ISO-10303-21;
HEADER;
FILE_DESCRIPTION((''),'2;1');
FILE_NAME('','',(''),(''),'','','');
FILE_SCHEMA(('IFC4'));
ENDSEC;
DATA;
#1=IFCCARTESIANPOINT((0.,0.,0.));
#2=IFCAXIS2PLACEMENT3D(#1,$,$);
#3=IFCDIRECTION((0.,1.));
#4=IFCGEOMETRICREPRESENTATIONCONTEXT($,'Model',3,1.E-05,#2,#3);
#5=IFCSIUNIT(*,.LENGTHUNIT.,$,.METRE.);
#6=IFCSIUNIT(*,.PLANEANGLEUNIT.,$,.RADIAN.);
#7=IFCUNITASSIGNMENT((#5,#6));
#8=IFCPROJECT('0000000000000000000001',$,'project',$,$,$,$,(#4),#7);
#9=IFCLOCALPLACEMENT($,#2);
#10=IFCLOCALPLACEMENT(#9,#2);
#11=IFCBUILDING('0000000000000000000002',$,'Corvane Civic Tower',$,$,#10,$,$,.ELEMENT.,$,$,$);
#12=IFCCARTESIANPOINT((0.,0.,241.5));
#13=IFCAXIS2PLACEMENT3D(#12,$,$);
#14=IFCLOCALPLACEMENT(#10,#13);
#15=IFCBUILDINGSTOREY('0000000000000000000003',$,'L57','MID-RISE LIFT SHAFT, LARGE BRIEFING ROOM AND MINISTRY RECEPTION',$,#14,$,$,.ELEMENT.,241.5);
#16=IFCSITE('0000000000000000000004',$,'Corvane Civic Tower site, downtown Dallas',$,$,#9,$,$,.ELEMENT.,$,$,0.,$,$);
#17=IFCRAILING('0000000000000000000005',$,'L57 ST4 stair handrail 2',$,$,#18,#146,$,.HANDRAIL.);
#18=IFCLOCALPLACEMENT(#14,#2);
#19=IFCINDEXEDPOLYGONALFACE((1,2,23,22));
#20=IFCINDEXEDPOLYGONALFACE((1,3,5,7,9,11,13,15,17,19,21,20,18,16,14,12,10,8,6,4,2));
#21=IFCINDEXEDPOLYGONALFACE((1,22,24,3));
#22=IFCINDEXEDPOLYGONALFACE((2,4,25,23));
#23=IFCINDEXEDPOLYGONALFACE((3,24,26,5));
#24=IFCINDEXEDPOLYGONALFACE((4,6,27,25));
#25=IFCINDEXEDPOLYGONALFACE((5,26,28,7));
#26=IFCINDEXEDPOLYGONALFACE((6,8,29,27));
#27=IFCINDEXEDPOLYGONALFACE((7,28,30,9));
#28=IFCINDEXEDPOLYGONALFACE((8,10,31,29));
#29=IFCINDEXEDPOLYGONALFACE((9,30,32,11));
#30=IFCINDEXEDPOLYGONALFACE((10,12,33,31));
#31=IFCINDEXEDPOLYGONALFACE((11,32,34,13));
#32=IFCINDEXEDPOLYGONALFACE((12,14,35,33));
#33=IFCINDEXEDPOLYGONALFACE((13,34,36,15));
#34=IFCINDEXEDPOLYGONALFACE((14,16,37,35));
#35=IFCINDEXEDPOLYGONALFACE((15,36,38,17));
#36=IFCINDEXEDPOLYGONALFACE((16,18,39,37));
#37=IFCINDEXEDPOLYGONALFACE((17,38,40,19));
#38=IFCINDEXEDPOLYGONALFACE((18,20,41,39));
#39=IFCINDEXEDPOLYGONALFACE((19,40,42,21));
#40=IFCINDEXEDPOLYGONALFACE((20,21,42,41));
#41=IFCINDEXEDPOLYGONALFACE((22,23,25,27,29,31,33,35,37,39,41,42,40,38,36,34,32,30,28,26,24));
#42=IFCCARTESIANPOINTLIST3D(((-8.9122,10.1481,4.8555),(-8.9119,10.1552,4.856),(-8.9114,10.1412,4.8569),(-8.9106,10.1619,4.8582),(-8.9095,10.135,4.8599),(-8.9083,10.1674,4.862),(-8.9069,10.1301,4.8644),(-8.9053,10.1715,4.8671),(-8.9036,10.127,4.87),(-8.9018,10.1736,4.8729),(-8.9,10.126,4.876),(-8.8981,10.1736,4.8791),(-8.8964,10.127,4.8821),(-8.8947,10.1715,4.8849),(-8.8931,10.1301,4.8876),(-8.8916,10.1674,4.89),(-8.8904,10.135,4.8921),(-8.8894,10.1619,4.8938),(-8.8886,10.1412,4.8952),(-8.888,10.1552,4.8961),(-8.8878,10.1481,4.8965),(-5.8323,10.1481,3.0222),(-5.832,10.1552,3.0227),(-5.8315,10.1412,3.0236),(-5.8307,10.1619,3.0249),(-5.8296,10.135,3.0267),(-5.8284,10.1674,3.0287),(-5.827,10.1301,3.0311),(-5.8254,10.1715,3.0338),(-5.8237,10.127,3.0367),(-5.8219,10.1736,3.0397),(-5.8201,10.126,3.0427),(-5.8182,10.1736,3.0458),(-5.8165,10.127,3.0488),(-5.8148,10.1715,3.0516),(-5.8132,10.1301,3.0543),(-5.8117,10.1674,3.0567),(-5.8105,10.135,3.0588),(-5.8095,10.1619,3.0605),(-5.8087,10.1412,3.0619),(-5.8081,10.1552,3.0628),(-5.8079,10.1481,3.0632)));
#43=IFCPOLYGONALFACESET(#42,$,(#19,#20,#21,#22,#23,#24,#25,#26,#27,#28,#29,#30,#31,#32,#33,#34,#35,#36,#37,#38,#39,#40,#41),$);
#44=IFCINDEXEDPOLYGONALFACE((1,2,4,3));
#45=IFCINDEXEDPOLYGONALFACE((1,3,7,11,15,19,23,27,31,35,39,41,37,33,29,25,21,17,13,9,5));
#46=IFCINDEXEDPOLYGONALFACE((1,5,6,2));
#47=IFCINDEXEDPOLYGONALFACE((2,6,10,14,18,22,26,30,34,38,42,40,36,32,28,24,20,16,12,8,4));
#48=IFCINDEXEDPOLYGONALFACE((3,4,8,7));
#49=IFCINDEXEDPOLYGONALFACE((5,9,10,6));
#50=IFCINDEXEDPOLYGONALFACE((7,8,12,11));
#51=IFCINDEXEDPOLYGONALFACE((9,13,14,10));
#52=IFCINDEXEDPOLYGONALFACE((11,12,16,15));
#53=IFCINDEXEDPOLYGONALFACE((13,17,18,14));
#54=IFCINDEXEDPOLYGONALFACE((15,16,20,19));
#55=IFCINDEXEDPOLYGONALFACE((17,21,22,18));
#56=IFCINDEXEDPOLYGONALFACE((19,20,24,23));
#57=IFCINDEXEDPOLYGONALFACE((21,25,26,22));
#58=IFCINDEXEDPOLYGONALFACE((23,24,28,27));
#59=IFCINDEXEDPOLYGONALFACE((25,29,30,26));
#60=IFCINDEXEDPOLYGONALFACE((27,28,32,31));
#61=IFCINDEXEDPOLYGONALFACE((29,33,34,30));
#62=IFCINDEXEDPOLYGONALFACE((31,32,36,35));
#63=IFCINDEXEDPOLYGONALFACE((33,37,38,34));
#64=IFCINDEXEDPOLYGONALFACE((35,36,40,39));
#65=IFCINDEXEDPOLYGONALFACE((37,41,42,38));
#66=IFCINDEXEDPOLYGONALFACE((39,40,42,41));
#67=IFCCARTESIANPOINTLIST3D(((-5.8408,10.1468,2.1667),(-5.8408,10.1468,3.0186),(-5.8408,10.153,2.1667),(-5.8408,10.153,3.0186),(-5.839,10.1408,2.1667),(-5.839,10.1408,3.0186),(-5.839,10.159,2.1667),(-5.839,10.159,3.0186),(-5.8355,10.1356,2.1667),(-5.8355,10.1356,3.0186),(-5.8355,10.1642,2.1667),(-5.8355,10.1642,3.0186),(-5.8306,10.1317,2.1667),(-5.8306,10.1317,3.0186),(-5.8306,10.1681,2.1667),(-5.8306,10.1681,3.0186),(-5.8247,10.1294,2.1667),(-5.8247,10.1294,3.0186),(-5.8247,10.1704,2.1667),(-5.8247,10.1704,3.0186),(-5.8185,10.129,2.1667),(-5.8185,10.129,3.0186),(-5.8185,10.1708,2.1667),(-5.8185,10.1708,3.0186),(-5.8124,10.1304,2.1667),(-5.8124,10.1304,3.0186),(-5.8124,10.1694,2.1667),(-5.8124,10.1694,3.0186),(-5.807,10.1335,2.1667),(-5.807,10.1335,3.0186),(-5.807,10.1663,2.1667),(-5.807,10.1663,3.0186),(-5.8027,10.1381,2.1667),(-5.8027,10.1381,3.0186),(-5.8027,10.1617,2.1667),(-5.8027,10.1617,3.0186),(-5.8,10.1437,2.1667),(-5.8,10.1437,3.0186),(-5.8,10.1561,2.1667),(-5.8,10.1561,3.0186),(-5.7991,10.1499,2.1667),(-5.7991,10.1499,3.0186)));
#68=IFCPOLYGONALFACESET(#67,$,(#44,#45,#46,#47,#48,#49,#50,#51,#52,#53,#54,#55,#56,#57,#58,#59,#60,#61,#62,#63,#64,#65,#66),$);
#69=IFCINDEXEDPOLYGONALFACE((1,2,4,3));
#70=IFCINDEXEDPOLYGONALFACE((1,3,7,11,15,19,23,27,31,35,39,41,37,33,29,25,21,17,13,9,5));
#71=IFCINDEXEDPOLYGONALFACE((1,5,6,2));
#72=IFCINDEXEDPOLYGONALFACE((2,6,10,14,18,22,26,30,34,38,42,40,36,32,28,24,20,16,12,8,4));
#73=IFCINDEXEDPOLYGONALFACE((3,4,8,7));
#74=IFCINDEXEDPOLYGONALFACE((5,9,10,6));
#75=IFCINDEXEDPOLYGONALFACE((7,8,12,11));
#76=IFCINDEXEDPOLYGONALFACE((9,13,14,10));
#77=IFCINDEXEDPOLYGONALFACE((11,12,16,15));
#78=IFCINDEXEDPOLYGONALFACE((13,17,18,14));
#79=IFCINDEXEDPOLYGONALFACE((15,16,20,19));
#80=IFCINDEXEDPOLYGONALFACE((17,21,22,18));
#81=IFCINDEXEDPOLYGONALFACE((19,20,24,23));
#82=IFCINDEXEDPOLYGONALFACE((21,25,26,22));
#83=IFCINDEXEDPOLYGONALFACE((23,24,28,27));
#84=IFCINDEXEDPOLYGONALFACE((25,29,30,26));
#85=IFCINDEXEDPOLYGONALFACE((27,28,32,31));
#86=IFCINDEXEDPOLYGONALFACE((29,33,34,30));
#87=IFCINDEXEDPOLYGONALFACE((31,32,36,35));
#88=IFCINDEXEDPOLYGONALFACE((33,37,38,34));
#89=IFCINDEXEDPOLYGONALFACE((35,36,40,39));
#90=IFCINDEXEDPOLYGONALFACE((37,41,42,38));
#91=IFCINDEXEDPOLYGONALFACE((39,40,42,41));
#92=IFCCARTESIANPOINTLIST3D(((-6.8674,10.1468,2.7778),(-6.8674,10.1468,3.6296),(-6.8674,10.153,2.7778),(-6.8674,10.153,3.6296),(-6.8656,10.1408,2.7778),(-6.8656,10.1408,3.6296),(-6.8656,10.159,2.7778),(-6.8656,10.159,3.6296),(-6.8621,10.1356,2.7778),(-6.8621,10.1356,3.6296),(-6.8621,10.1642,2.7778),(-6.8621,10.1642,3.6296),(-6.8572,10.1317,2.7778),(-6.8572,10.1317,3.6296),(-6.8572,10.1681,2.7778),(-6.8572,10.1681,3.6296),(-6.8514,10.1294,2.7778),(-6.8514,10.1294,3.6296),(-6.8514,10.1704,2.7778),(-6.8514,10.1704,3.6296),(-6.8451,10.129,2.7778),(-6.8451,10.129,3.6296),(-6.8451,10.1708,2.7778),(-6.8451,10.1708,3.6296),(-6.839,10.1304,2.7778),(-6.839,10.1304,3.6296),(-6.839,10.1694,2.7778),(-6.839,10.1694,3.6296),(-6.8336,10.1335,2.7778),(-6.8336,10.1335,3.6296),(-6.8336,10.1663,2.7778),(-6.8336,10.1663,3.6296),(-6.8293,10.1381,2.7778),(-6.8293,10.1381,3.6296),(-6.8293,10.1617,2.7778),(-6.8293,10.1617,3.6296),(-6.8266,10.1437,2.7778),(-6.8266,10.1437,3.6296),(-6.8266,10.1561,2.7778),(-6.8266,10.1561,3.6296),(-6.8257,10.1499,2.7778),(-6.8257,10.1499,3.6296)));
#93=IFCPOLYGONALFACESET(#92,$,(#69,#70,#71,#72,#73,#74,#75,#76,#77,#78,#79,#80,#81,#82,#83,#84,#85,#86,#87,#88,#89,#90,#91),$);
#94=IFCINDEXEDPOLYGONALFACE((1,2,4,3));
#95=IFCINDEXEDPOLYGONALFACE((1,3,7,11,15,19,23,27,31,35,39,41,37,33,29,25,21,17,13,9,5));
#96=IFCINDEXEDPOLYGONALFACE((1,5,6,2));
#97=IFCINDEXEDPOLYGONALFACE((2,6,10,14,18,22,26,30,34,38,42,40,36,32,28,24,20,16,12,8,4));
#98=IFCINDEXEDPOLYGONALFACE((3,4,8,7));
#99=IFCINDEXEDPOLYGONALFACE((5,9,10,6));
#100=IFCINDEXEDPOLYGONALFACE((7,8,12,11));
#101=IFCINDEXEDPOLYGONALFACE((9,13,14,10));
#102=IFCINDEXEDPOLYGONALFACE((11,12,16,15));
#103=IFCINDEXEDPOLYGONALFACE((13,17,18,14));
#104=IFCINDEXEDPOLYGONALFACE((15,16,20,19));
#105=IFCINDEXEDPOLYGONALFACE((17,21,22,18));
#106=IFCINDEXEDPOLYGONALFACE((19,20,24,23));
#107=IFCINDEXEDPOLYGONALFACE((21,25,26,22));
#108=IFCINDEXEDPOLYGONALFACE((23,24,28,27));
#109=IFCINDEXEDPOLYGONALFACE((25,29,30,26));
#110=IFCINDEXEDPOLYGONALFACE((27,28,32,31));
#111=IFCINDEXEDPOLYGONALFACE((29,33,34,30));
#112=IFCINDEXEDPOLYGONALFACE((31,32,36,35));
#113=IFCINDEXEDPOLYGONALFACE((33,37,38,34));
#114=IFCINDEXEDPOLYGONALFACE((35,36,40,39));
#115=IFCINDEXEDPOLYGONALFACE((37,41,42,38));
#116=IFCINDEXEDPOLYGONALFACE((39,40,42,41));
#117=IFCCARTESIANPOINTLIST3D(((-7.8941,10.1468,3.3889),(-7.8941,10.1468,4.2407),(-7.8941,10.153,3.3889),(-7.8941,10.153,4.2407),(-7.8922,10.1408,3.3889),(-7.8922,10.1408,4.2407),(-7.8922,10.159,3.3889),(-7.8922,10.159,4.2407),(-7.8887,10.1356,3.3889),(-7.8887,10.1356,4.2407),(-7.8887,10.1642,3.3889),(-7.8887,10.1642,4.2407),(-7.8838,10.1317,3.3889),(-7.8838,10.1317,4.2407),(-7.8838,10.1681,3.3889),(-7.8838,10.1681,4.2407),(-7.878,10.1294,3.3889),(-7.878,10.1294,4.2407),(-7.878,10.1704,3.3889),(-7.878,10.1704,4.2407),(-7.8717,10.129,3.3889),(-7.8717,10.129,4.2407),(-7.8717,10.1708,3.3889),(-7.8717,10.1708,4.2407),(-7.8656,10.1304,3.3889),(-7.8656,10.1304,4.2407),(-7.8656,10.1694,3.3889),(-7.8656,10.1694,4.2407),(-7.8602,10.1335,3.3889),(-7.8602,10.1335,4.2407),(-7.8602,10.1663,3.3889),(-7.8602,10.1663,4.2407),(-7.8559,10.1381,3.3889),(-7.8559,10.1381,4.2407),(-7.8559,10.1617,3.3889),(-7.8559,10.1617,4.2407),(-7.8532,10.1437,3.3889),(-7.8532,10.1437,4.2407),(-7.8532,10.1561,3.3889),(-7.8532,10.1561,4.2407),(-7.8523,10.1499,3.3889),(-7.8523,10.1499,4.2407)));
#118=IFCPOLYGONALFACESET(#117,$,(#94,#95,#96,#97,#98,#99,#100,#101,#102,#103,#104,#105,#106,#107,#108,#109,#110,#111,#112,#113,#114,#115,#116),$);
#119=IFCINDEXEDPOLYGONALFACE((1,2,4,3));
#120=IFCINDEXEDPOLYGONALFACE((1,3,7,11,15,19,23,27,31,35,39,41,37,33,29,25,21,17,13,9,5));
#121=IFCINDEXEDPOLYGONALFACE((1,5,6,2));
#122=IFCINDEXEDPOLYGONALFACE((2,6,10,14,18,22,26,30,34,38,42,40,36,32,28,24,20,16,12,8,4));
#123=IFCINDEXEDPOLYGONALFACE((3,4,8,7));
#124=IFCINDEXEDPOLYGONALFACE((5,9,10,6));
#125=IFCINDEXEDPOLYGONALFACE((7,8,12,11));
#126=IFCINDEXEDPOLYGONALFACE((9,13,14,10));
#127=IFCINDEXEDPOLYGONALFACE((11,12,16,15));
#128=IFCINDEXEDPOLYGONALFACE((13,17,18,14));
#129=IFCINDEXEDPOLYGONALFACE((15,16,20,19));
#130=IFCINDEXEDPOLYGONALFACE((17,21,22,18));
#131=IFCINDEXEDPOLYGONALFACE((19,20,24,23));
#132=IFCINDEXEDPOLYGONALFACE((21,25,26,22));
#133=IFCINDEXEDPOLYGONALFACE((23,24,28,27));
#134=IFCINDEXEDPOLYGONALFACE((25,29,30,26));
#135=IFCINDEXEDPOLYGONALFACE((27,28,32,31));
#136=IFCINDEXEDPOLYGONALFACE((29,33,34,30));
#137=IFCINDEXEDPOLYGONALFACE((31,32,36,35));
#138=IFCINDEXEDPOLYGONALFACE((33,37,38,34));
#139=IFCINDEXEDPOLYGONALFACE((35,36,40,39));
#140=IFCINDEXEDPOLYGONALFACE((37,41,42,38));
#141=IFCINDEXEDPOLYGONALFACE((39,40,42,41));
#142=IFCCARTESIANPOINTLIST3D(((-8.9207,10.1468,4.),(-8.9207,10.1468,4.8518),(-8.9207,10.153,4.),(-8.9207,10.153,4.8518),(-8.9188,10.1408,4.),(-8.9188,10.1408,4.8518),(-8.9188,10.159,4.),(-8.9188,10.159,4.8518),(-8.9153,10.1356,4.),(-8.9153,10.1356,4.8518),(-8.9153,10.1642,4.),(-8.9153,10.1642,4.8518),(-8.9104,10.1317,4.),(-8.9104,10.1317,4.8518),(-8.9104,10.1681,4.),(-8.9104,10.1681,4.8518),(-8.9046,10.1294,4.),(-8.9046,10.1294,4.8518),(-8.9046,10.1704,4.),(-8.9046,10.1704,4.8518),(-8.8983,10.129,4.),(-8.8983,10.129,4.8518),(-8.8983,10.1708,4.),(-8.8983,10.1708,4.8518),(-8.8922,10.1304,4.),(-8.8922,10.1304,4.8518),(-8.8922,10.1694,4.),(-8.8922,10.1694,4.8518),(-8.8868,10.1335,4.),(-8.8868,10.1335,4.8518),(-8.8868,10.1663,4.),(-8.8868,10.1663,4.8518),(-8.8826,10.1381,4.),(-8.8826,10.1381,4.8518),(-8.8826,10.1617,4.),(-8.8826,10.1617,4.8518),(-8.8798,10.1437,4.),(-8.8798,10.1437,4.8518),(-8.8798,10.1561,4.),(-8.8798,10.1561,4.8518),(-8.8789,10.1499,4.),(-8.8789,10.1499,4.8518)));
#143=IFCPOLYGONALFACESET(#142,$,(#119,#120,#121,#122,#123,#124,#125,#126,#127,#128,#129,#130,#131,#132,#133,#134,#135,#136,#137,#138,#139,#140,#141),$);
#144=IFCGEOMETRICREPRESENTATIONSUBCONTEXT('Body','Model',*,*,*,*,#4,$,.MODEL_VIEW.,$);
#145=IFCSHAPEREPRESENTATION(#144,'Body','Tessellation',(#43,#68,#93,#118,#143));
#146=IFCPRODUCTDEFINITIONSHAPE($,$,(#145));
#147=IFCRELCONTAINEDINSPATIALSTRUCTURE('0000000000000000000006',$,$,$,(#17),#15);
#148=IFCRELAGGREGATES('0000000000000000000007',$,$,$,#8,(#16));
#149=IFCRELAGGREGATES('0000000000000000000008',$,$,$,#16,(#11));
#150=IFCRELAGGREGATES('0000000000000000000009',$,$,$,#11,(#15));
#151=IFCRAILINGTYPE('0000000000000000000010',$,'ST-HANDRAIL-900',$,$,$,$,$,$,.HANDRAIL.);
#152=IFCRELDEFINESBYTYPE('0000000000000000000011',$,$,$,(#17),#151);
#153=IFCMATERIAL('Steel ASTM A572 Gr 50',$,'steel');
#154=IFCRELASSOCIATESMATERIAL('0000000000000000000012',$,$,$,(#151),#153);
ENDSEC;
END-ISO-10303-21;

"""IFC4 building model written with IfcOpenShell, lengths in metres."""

from ifc_helpers import new_model, si_unit, direction, frame, origin, origin_2d, place, context, subcontext, project, spatial, circle, extrude, material, type_object, element, save


model = new_model("IFC4")

# Units and contexts
model_context = context("Model", 3, precision=1e-05, world=origin(), true_north=direction((0.0, 1.0)))
body_context = subcontext(model_context, "Body", "Model", "MODEL_VIEW")
ifc_project = project(units=[si_unit("LENGTHUNIT", "METRE"), si_unit("PLANEANGLEUNIT", "RADIAN")], contexts=[model_context])

# Site, building, storey
site_placement = place(None, origin())
site = spatial("IfcSite", under=ifc_project, at=site_placement, Name="Corvane Civic Tower site, downtown Dallas", CompositionType="ELEMENT", RefElevation=0.0)
building_placement = place(site_placement, origin())
building = spatial("IfcBuilding", under=site, at=building_placement, Name="Corvane Civic Tower", CompositionType="ELEMENT")
storey_placement = place(building_placement, frame((0.0, 0.0, 241.5)))
storey = spatial("IfcBuildingStorey", under=building, at=storey_placement, Name="L57", Description="MID-RISE LIFT SHAFT, LARGE BRIEFING ROOM AND MINISTRY RECEPTION", CompositionType="ELEMENT", Elevation=241.5)

# Railing
ifc_material_1 = material(Name="Steel ASTM A572 Gr 50", Category="steel")
railing_type_1 = type_object("IfcRailingType", Name="ST-HANDRAIL-900", PredefinedType="HANDRAIL", material=ifc_material_1)
railing_1_placement = place(storey_placement, frame((-5.8201, 10.1499, 2.1667)))
element("IfcRailing", 1, at=railing_1_placement, inside=storey, type_object=railing_type_1, Name="L57 ST4 stair handrail 2", PredefinedType="HANDRAIL", context=body_context, shape_type="SweptSolid", body=[
    extrude(circle(Radius=0.0239, at=origin_2d()), frame((0.0, 0.0, 0.876), z_axis=(-0.859291, 0.0, 0.511487), x_axis=(0.0, -1.0, 0.0)), (0.0, 0.0, 1.0), 3.5842),
    extrude(circle(Radius=0.021, at=origin_2d()), origin(), (0.0, 0.0, 1.0), 0.8518),
    extrude(circle(Radius=0.021, at=origin_2d()), frame((-1.0266, 0.0, 0.6111)), (0.0, 0.0, 1.0), 0.8518),
    extrude(circle(Radius=0.021, at=origin_2d()), frame((-2.0532, 0.0, 1.2222)), (0.0, 0.0, 1.0), 0.8518),
    extrude(circle(Radius=0.021, at=origin_2d()), frame((-3.0798, 0.0, 1.8333)), (0.0, 0.0, 1.0), 0.8518),
])

save(model, "model.ifc")
